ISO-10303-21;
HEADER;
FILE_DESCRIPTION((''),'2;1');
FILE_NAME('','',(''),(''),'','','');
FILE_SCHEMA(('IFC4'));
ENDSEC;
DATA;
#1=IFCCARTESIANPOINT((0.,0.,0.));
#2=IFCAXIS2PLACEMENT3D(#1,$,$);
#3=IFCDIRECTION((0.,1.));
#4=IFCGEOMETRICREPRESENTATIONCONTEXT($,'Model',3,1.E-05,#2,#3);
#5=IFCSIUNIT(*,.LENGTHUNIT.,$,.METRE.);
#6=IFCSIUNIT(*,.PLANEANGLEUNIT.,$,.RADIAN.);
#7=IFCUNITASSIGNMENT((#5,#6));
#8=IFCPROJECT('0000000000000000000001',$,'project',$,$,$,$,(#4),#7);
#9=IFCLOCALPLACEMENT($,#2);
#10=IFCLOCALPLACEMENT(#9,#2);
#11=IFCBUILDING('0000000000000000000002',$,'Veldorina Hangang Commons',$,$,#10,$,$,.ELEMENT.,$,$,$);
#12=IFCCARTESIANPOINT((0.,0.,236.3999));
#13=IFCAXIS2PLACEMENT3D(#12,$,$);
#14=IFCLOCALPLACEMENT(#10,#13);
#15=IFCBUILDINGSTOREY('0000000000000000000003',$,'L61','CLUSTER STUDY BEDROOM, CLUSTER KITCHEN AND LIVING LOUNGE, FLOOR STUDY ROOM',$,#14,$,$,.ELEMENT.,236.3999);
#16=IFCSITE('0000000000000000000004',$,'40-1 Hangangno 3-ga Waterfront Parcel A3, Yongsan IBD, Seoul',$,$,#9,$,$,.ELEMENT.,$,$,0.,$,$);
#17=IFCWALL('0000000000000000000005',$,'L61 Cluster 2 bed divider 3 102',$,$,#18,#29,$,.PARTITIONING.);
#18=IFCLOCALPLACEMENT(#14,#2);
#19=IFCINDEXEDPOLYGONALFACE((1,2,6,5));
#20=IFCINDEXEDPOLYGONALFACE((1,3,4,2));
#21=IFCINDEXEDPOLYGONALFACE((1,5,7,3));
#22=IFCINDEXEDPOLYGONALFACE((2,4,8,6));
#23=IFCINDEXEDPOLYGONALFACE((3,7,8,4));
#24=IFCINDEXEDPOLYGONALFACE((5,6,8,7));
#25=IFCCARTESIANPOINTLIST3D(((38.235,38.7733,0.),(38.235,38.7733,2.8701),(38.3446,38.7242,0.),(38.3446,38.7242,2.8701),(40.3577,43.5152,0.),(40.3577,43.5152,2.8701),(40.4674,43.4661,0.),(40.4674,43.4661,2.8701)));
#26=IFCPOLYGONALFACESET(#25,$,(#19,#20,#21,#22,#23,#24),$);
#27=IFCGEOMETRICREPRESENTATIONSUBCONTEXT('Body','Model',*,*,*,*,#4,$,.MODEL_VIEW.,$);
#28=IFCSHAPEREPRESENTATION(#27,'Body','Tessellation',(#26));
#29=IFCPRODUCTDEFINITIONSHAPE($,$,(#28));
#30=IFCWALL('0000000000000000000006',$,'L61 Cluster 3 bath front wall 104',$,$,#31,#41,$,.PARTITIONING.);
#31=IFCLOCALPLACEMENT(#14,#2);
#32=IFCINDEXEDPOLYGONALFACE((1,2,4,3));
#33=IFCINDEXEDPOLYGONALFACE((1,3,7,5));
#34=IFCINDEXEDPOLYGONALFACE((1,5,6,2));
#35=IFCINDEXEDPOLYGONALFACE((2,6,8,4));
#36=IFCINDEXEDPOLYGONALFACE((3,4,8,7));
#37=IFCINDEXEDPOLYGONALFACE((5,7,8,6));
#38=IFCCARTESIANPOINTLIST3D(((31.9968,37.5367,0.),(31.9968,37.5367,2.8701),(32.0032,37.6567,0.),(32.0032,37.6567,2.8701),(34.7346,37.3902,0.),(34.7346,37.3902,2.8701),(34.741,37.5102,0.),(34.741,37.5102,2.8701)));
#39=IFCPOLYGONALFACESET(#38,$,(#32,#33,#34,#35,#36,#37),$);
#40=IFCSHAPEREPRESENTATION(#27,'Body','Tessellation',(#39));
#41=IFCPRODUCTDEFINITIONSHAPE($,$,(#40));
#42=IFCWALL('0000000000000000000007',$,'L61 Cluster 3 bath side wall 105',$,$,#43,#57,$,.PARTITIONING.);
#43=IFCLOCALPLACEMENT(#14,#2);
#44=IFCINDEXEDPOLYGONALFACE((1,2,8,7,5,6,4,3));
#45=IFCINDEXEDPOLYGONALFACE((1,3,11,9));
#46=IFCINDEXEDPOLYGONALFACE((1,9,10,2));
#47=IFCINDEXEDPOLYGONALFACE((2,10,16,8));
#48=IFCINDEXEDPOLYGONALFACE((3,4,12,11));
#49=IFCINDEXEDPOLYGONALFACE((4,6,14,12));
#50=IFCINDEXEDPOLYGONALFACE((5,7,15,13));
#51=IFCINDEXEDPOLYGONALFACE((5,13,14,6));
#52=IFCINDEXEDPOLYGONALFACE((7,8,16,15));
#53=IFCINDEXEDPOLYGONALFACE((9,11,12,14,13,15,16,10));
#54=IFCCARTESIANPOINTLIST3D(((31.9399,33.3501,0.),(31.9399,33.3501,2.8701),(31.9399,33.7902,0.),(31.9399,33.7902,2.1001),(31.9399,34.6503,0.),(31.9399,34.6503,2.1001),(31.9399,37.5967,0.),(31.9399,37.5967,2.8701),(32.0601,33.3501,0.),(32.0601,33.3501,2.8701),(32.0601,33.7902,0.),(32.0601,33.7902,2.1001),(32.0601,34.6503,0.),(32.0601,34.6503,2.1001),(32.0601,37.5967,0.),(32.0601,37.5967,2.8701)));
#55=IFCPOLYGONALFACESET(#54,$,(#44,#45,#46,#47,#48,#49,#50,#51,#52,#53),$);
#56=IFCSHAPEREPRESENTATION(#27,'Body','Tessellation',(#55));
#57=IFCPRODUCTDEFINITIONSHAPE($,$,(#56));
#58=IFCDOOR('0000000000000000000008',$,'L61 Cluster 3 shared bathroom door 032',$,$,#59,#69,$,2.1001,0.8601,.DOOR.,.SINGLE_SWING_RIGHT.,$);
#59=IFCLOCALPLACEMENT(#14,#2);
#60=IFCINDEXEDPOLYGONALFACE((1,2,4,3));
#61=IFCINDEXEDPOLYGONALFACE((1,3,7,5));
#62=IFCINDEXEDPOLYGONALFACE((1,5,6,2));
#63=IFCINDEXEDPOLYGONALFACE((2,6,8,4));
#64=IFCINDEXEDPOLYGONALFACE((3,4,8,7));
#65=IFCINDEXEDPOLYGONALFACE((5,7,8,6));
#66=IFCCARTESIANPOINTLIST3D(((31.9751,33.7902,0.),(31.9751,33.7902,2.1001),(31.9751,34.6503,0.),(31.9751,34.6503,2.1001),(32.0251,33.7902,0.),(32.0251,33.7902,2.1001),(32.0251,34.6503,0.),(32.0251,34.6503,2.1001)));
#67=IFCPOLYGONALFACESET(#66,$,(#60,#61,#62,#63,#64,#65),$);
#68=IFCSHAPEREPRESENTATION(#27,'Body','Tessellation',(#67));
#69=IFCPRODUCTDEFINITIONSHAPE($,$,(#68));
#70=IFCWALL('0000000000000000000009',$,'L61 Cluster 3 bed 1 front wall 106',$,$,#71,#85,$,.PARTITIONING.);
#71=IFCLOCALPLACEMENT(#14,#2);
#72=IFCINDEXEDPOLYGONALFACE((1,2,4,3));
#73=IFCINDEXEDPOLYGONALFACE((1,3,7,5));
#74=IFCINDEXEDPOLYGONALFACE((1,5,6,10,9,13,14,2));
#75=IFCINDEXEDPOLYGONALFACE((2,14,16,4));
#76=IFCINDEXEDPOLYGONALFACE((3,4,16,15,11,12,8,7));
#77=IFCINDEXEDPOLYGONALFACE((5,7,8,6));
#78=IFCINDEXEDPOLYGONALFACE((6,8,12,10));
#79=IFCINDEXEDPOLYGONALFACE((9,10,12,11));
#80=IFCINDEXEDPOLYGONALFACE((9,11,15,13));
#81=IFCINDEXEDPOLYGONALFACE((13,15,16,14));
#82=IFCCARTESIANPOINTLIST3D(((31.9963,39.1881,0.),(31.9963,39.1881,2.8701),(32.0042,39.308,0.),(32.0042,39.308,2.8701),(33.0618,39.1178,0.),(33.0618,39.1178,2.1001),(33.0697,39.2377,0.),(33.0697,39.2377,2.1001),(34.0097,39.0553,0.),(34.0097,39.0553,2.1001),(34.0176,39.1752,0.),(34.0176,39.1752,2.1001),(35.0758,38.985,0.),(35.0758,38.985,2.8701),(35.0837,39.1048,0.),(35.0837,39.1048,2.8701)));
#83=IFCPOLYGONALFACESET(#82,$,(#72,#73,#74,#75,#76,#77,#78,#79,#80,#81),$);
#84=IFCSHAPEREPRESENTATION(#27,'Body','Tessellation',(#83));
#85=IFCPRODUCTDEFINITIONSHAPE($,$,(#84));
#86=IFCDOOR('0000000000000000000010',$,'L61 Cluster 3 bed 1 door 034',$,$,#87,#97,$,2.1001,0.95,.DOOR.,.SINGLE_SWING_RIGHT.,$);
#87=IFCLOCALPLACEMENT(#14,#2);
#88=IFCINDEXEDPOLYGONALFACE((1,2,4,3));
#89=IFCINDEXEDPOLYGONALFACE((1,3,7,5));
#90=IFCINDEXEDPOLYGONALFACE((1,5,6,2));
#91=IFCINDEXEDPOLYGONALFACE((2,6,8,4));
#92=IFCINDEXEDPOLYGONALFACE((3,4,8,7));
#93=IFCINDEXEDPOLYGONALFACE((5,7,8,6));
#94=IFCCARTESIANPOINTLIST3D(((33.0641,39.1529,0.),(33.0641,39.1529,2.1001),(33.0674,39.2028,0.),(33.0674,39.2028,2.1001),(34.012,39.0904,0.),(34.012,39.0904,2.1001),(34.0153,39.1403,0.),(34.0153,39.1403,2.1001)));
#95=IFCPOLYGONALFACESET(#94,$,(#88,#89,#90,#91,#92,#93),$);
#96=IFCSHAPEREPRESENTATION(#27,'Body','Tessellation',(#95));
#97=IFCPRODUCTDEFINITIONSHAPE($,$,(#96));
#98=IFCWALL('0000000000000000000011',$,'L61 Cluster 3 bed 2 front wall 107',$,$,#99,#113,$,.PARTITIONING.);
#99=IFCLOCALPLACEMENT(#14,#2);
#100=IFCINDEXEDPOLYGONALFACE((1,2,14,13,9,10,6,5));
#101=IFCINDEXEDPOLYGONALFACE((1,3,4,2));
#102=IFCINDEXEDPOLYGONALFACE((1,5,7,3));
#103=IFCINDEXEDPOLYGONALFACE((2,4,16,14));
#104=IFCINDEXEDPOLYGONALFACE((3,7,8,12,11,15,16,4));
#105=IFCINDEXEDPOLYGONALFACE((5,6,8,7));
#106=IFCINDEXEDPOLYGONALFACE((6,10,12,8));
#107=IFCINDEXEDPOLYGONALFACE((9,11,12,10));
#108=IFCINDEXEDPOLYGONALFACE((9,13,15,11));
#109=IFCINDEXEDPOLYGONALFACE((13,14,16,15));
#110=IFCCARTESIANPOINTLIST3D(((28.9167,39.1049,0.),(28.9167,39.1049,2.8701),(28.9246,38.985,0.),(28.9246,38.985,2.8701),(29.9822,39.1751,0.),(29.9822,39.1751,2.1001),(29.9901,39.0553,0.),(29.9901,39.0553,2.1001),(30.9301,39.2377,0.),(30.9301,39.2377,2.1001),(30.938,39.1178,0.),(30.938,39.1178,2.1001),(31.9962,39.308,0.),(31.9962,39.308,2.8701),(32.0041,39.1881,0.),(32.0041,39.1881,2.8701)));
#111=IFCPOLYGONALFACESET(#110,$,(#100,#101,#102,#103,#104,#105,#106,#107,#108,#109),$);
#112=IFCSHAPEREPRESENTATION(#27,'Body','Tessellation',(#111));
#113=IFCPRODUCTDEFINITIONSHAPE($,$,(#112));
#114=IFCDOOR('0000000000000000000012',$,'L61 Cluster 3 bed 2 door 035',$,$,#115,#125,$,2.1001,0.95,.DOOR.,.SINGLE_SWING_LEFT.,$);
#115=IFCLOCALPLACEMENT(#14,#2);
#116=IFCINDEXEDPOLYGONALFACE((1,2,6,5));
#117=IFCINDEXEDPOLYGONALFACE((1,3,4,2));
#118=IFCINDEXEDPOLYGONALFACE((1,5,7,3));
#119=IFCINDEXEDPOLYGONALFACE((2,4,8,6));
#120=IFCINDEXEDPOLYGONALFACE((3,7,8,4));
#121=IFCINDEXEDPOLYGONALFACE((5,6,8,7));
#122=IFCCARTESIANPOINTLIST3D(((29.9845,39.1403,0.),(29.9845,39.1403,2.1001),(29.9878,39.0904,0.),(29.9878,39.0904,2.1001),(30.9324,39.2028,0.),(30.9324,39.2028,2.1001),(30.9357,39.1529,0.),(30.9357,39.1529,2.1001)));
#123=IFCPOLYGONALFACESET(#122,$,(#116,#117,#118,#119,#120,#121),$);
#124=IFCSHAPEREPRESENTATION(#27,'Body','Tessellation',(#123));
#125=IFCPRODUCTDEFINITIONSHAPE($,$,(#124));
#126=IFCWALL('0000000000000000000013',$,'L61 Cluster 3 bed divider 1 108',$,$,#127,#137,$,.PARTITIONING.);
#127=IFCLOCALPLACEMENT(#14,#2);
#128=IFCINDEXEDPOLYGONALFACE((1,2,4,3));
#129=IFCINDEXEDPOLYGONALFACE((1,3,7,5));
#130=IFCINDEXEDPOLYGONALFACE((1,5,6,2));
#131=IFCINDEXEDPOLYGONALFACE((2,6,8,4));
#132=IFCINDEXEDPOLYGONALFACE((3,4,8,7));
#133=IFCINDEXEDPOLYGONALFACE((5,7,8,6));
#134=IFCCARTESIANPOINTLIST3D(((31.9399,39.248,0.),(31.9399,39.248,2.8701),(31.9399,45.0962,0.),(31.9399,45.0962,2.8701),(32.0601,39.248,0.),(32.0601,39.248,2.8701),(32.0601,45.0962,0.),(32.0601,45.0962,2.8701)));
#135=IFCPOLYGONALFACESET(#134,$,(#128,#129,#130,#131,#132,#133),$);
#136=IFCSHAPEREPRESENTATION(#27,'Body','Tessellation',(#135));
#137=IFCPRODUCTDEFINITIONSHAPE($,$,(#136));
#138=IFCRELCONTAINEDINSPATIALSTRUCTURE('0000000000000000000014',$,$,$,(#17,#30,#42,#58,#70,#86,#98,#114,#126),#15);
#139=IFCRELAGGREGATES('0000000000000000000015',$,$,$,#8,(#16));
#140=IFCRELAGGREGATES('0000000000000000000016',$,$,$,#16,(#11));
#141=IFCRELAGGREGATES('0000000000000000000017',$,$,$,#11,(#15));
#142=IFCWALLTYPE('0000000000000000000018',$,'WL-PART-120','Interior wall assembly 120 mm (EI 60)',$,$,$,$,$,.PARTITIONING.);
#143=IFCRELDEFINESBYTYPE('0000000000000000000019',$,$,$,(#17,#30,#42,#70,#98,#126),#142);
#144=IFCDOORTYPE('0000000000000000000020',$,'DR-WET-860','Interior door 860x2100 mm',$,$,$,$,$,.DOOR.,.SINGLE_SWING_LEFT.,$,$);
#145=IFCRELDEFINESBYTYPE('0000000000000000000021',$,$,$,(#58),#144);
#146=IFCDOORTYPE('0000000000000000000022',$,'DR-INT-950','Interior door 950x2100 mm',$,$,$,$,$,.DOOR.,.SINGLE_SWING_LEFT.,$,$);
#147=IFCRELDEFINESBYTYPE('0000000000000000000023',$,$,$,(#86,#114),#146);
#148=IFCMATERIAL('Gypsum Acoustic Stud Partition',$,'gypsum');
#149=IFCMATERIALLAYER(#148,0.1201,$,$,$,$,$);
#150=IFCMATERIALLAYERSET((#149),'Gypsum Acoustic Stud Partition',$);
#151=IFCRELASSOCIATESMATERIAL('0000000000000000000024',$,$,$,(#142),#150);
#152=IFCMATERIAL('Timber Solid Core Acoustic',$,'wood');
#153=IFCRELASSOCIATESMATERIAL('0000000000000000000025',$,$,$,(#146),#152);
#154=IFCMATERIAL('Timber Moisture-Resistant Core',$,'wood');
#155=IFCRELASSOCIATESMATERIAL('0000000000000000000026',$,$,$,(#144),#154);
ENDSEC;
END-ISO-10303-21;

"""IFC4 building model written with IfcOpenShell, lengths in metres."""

from ifc_helpers import new_model, si_unit, direction, frame, frame_2d, origin, place, context, subcontext, project, spatial, rectangle, extrude, material, layer, layer_set, type_object, element, fill, save


model = new_model("IFC4")

# Units and contexts
model_context = context("Model", 3, precision=1e-05, world=origin(), true_north=direction((0.0, 1.0)))
body_context = subcontext(model_context, "Body", "Model", "MODEL_VIEW")
ifc_project = project(units=[si_unit("LENGTHUNIT", "METRE"), si_unit("PLANEANGLEUNIT", "RADIAN")], contexts=[model_context])

# Site, building, storey
site_placement = place(None, origin())
site = spatial("IfcSite", under=ifc_project, at=site_placement, Name="40-1 Hangangno 3-ga Waterfront Parcel A3, Yongsan IBD, Seoul", CompositionType="ELEMENT", RefElevation=0.0)
building_placement = place(site_placement, origin())
building = spatial("IfcBuilding", under=site, at=building_placement, Name="Veldorina Hangang Commons", CompositionType="ELEMENT")
storey_placement = place(building_placement, frame((0.0, 0.0, 236.3999)))
storey = spatial("IfcBuildingStorey", under=building, at=storey_placement, Name="L61", Description="CLUSTER STUDY BEDROOM, CLUSTER KITCHEN AND LIVING LOUNGE, FLOOR STUDY ROOM", CompositionType="ELEMENT", Elevation=236.3999)

# Shared definitions
ifc_material_1 = material(Name="Gypsum Acoustic Stud Partition", Category="gypsum")
ifc_layer_1 = layer(ifc_material_1, 0.1201)
ifc_layer_set_1 = layer_set([ifc_layer_1], Name="Gypsum Acoustic Stud Partition")
wall_type_1 = type_object("IfcWallType", Name="WL-PART-120", Description="Interior wall assembly 120 mm (EI 60)", PredefinedType="PARTITIONING", material=ifc_layer_set_1)
ifc_material_2 = material(Name="Timber Solid Core Acoustic", Category="wood")
door_type_1 = type_object("IfcDoorType", Name="DR-INT-950", Description="Interior door 950x2100 mm", OperationType="SINGLE_SWING_LEFT", PredefinedType="DOOR", material=ifc_material_2)

# Walls
wall_1_placement = place(storey_placement, frame((38.2898, 38.7488, 0.0), z_axis=(0.0, 0.0, 1.0), x_axis=(0.408592, 0.912717, 0.0)))
element("IfcWall", 1, at=wall_1_placement, inside=storey, type_object=wall_type_1, Name="L61 Cluster 2 bed divider 3 102", PredefinedType="PARTITIONING", context=body_context, shape_type="SweptSolid", body=[
    extrude(rectangle(XDim=5.1953, YDim=0.1201, at=frame_2d((2.5977, 0.0))), origin(), (0.0, 0.0, 1.0), 2.8701),
])
wall_2_placement = place(storey_placement, frame((34.7378, 37.4502, 0.0), z_axis=(0.0, 0.0, 1.0), x_axis=(-0.998572, 0.053428, 0.0)))
element("IfcWall", 2, at=wall_2_placement, inside=storey, type_object=wall_type_1, Name="L61 Cluster 3 bath front wall 104", PredefinedType="PARTITIONING", context=body_context, shape_type="SweptSolid", body=[
    extrude(rectangle(XDim=2.7417, YDim=0.1201, at=frame_2d((1.3708, 0.0))), origin(), (0.0, 0.0, 1.0), 2.8701),
])

# Walls, openings, doors
wall_3_placement = place(storey_placement, frame((32.0, 33.3501, 0.0), z_axis=(0.0, 0.0, 1.0), x_axis=(0.0, 1.0, 0.0)))
wall_3 = element("IfcWall", 3, at=wall_3_placement, inside=storey, type_object=wall_type_1, Name="L61 Cluster 3 bath side wall 105", PredefinedType="PARTITIONING", context=body_context, shape_type="SweptSolid", body=[
    extrude(rectangle(XDim=4.2466, YDim=0.1201, at=frame_2d((2.1233, 0.0))), origin(), (0.0, 0.0, 1.0), 2.8701),
])
opening_1_placement = place(wall_3_placement, frame((0.4399, 0.0, 0.0)))
opening_1 = element("IfcOpeningElement", 4, at=opening_1_placement, cuts=wall_3, PredefinedType="OPENING", context=body_context, shape_type="SweptSolid", body=[
    extrude(rectangle(XDim=0.8601, YDim=2.1001, at=frame_2d((0.4302, 1.05))), frame((0.0, 0.0701, 0.0), z_axis=(0.0, -1.0, 0.0), x_axis=(1.0, 0.0, 0.0)), (0.0, 0.0, 1.0), 0.1401),
])
ifc_material_3 = material(Name="Timber Moisture-Resistant Core", Category="wood")
door_type_2 = type_object("IfcDoorType", Name="DR-WET-860", Description="Interior door 860x2100 mm", OperationType="SINGLE_SWING_LEFT", PredefinedType="DOOR", material=ifc_material_3)
door_1_placement = place(opening_1_placement, origin())
door_1 = element("IfcDoor", 5, at=door_1_placement, inside=storey, type_object=door_type_2, Name="L61 Cluster 3 shared bathroom door 032", OperationType="SINGLE_SWING_RIGHT", OverallHeight=2.1001, OverallWidth=0.8601, PredefinedType="DOOR", context=body_context, shape_type="SweptSolid", body=[
    extrude(rectangle(XDim=0.8601, YDim=2.1001, at=frame_2d((0.4302, 1.05))), frame((0.0, 0.0249, 0.0), z_axis=(0.0, -1.0, 0.0), x_axis=(1.0, 0.0, 0.0)), (0.0, 0.0, 1.0), 0.05),
])
fill(opening_1, door_1)
wall_4_placement = place(storey_placement, frame((35.0796, 39.0449, 0.0), z_axis=(0.0, 0.0, 1.0), x_axis=(-0.997832, 0.065815, 0.0)))
wall_4 = element("IfcWall", 6, at=wall_4_placement, inside=storey, type_object=wall_type_1, Name="L61 Cluster 3 bed 1 front wall 106", PredefinedType="PARTITIONING", context=body_context, shape_type="SweptSolid", body=[
    extrude(rectangle(XDim=3.0862, YDim=0.1201, at=frame_2d((1.543, 0.0))), origin(), (0.0, 0.0, 1.0), 2.8701),
])
opening_2_placement = place(wall_4_placement, frame((1.0681, 0.0, 0.0)))
opening_2 = element("IfcOpeningElement", 7, at=opening_2_placement, cuts=wall_4, PredefinedType="OPENING", context=body_context, shape_type="SweptSolid", body=[
    extrude(rectangle(XDim=0.95, YDim=2.1001, at=frame_2d((0.4751, 1.05))), frame((0.0, 0.0701, 0.0), z_axis=(0.0, -1.0, 0.0), x_axis=(1.0, 0.0, 0.0)), (0.0, 0.0, 1.0), 0.1401),
])
door_2_placement = place(opening_2_placement, origin())
door_2 = element("IfcDoor", 8, at=door_2_placement, inside=storey, type_object=door_type_1, Name="L61 Cluster 3 bed 1 door 034", OperationType="SINGLE_SWING_RIGHT", OverallHeight=2.1001, OverallWidth=0.95, PredefinedType="DOOR", context=body_context, shape_type="SweptSolid", body=[
    extrude(rectangle(XDim=0.95, YDim=2.1001, at=frame_2d((0.4751, 1.05))), frame((0.0, 0.0249, 0.0), z_axis=(0.0, -1.0, 0.0), x_axis=(1.0, 0.0, 0.0)), (0.0, 0.0, 1.0), 0.05),
])
fill(opening_2, door_2)
wall_5_placement = place(storey_placement, frame((32.0, 39.248, 0.0), z_axis=(0.0, 0.0, 1.0), x_axis=(-0.997832, -0.065815, 0.0)))
wall_5 = element("IfcWall", 9, at=wall_5_placement, inside=storey, type_object=wall_type_1, Name="L61 Cluster 3 bed 2 front wall 107", PredefinedType="PARTITIONING", context=body_context, shape_type="SweptSolid", body=[
    extrude(rectangle(XDim=3.0862, YDim=0.1201, at=frame_2d((1.543, 0.0))), origin(), (0.0, 0.0, 1.0), 2.8701),
])
opening_3_placement = place(wall_5_placement, frame((1.0681, 0.0, 0.0)))
opening_3 = element("IfcOpeningElement", 10, at=opening_3_placement, cuts=wall_5, PredefinedType="OPENING", context=body_context, shape_type="SweptSolid", body=[
    extrude(rectangle(XDim=0.95, YDim=2.1001, at=frame_2d((0.4751, 1.05))), frame((0.0, 0.0701, 0.0), z_axis=(0.0, -1.0, 0.0), x_axis=(1.0, 0.0, 0.0)), (0.0, 0.0, 1.0), 0.1401),
])
door_3_placement = place(opening_3_placement, origin())
door_3 = element("IfcDoor", 11, at=door_3_placement, inside=storey, type_object=door_type_1, Name="L61 Cluster 3 bed 2 door 035", OperationType="SINGLE_SWING_LEFT", OverallHeight=2.1001, OverallWidth=0.95, PredefinedType="DOOR", context=body_context, shape_type="SweptSolid", body=[
    extrude(rectangle(XDim=0.95, YDim=2.1001, at=frame_2d((0.4751, 1.05))), frame((0.0, 0.0249, 0.0), z_axis=(0.0, -1.0, 0.0), x_axis=(1.0, 0.0, 0.0)), (0.0, 0.0, 1.0), 0.05),
])
fill(opening_3, door_3)

# Wall
wall_6_placement = place(storey_placement, frame((32.0, 39.248, 0.0), z_axis=(0.0, 0.0, 1.0), x_axis=(0.0, 1.0, 0.0)))
element("IfcWall", 12, at=wall_6_placement, inside=storey, type_object=wall_type_1, Name="L61 Cluster 3 bed divider 1 108", PredefinedType="PARTITIONING", context=body_context, shape_type="SweptSolid", body=[
    extrude(rectangle(XDim=5.8481, YDim=0.1201, at=frame_2d((2.9241, 0.0))), origin(), (0.0, 0.0, 1.0), 2.8701),
])

save(model, "model.ifc")
